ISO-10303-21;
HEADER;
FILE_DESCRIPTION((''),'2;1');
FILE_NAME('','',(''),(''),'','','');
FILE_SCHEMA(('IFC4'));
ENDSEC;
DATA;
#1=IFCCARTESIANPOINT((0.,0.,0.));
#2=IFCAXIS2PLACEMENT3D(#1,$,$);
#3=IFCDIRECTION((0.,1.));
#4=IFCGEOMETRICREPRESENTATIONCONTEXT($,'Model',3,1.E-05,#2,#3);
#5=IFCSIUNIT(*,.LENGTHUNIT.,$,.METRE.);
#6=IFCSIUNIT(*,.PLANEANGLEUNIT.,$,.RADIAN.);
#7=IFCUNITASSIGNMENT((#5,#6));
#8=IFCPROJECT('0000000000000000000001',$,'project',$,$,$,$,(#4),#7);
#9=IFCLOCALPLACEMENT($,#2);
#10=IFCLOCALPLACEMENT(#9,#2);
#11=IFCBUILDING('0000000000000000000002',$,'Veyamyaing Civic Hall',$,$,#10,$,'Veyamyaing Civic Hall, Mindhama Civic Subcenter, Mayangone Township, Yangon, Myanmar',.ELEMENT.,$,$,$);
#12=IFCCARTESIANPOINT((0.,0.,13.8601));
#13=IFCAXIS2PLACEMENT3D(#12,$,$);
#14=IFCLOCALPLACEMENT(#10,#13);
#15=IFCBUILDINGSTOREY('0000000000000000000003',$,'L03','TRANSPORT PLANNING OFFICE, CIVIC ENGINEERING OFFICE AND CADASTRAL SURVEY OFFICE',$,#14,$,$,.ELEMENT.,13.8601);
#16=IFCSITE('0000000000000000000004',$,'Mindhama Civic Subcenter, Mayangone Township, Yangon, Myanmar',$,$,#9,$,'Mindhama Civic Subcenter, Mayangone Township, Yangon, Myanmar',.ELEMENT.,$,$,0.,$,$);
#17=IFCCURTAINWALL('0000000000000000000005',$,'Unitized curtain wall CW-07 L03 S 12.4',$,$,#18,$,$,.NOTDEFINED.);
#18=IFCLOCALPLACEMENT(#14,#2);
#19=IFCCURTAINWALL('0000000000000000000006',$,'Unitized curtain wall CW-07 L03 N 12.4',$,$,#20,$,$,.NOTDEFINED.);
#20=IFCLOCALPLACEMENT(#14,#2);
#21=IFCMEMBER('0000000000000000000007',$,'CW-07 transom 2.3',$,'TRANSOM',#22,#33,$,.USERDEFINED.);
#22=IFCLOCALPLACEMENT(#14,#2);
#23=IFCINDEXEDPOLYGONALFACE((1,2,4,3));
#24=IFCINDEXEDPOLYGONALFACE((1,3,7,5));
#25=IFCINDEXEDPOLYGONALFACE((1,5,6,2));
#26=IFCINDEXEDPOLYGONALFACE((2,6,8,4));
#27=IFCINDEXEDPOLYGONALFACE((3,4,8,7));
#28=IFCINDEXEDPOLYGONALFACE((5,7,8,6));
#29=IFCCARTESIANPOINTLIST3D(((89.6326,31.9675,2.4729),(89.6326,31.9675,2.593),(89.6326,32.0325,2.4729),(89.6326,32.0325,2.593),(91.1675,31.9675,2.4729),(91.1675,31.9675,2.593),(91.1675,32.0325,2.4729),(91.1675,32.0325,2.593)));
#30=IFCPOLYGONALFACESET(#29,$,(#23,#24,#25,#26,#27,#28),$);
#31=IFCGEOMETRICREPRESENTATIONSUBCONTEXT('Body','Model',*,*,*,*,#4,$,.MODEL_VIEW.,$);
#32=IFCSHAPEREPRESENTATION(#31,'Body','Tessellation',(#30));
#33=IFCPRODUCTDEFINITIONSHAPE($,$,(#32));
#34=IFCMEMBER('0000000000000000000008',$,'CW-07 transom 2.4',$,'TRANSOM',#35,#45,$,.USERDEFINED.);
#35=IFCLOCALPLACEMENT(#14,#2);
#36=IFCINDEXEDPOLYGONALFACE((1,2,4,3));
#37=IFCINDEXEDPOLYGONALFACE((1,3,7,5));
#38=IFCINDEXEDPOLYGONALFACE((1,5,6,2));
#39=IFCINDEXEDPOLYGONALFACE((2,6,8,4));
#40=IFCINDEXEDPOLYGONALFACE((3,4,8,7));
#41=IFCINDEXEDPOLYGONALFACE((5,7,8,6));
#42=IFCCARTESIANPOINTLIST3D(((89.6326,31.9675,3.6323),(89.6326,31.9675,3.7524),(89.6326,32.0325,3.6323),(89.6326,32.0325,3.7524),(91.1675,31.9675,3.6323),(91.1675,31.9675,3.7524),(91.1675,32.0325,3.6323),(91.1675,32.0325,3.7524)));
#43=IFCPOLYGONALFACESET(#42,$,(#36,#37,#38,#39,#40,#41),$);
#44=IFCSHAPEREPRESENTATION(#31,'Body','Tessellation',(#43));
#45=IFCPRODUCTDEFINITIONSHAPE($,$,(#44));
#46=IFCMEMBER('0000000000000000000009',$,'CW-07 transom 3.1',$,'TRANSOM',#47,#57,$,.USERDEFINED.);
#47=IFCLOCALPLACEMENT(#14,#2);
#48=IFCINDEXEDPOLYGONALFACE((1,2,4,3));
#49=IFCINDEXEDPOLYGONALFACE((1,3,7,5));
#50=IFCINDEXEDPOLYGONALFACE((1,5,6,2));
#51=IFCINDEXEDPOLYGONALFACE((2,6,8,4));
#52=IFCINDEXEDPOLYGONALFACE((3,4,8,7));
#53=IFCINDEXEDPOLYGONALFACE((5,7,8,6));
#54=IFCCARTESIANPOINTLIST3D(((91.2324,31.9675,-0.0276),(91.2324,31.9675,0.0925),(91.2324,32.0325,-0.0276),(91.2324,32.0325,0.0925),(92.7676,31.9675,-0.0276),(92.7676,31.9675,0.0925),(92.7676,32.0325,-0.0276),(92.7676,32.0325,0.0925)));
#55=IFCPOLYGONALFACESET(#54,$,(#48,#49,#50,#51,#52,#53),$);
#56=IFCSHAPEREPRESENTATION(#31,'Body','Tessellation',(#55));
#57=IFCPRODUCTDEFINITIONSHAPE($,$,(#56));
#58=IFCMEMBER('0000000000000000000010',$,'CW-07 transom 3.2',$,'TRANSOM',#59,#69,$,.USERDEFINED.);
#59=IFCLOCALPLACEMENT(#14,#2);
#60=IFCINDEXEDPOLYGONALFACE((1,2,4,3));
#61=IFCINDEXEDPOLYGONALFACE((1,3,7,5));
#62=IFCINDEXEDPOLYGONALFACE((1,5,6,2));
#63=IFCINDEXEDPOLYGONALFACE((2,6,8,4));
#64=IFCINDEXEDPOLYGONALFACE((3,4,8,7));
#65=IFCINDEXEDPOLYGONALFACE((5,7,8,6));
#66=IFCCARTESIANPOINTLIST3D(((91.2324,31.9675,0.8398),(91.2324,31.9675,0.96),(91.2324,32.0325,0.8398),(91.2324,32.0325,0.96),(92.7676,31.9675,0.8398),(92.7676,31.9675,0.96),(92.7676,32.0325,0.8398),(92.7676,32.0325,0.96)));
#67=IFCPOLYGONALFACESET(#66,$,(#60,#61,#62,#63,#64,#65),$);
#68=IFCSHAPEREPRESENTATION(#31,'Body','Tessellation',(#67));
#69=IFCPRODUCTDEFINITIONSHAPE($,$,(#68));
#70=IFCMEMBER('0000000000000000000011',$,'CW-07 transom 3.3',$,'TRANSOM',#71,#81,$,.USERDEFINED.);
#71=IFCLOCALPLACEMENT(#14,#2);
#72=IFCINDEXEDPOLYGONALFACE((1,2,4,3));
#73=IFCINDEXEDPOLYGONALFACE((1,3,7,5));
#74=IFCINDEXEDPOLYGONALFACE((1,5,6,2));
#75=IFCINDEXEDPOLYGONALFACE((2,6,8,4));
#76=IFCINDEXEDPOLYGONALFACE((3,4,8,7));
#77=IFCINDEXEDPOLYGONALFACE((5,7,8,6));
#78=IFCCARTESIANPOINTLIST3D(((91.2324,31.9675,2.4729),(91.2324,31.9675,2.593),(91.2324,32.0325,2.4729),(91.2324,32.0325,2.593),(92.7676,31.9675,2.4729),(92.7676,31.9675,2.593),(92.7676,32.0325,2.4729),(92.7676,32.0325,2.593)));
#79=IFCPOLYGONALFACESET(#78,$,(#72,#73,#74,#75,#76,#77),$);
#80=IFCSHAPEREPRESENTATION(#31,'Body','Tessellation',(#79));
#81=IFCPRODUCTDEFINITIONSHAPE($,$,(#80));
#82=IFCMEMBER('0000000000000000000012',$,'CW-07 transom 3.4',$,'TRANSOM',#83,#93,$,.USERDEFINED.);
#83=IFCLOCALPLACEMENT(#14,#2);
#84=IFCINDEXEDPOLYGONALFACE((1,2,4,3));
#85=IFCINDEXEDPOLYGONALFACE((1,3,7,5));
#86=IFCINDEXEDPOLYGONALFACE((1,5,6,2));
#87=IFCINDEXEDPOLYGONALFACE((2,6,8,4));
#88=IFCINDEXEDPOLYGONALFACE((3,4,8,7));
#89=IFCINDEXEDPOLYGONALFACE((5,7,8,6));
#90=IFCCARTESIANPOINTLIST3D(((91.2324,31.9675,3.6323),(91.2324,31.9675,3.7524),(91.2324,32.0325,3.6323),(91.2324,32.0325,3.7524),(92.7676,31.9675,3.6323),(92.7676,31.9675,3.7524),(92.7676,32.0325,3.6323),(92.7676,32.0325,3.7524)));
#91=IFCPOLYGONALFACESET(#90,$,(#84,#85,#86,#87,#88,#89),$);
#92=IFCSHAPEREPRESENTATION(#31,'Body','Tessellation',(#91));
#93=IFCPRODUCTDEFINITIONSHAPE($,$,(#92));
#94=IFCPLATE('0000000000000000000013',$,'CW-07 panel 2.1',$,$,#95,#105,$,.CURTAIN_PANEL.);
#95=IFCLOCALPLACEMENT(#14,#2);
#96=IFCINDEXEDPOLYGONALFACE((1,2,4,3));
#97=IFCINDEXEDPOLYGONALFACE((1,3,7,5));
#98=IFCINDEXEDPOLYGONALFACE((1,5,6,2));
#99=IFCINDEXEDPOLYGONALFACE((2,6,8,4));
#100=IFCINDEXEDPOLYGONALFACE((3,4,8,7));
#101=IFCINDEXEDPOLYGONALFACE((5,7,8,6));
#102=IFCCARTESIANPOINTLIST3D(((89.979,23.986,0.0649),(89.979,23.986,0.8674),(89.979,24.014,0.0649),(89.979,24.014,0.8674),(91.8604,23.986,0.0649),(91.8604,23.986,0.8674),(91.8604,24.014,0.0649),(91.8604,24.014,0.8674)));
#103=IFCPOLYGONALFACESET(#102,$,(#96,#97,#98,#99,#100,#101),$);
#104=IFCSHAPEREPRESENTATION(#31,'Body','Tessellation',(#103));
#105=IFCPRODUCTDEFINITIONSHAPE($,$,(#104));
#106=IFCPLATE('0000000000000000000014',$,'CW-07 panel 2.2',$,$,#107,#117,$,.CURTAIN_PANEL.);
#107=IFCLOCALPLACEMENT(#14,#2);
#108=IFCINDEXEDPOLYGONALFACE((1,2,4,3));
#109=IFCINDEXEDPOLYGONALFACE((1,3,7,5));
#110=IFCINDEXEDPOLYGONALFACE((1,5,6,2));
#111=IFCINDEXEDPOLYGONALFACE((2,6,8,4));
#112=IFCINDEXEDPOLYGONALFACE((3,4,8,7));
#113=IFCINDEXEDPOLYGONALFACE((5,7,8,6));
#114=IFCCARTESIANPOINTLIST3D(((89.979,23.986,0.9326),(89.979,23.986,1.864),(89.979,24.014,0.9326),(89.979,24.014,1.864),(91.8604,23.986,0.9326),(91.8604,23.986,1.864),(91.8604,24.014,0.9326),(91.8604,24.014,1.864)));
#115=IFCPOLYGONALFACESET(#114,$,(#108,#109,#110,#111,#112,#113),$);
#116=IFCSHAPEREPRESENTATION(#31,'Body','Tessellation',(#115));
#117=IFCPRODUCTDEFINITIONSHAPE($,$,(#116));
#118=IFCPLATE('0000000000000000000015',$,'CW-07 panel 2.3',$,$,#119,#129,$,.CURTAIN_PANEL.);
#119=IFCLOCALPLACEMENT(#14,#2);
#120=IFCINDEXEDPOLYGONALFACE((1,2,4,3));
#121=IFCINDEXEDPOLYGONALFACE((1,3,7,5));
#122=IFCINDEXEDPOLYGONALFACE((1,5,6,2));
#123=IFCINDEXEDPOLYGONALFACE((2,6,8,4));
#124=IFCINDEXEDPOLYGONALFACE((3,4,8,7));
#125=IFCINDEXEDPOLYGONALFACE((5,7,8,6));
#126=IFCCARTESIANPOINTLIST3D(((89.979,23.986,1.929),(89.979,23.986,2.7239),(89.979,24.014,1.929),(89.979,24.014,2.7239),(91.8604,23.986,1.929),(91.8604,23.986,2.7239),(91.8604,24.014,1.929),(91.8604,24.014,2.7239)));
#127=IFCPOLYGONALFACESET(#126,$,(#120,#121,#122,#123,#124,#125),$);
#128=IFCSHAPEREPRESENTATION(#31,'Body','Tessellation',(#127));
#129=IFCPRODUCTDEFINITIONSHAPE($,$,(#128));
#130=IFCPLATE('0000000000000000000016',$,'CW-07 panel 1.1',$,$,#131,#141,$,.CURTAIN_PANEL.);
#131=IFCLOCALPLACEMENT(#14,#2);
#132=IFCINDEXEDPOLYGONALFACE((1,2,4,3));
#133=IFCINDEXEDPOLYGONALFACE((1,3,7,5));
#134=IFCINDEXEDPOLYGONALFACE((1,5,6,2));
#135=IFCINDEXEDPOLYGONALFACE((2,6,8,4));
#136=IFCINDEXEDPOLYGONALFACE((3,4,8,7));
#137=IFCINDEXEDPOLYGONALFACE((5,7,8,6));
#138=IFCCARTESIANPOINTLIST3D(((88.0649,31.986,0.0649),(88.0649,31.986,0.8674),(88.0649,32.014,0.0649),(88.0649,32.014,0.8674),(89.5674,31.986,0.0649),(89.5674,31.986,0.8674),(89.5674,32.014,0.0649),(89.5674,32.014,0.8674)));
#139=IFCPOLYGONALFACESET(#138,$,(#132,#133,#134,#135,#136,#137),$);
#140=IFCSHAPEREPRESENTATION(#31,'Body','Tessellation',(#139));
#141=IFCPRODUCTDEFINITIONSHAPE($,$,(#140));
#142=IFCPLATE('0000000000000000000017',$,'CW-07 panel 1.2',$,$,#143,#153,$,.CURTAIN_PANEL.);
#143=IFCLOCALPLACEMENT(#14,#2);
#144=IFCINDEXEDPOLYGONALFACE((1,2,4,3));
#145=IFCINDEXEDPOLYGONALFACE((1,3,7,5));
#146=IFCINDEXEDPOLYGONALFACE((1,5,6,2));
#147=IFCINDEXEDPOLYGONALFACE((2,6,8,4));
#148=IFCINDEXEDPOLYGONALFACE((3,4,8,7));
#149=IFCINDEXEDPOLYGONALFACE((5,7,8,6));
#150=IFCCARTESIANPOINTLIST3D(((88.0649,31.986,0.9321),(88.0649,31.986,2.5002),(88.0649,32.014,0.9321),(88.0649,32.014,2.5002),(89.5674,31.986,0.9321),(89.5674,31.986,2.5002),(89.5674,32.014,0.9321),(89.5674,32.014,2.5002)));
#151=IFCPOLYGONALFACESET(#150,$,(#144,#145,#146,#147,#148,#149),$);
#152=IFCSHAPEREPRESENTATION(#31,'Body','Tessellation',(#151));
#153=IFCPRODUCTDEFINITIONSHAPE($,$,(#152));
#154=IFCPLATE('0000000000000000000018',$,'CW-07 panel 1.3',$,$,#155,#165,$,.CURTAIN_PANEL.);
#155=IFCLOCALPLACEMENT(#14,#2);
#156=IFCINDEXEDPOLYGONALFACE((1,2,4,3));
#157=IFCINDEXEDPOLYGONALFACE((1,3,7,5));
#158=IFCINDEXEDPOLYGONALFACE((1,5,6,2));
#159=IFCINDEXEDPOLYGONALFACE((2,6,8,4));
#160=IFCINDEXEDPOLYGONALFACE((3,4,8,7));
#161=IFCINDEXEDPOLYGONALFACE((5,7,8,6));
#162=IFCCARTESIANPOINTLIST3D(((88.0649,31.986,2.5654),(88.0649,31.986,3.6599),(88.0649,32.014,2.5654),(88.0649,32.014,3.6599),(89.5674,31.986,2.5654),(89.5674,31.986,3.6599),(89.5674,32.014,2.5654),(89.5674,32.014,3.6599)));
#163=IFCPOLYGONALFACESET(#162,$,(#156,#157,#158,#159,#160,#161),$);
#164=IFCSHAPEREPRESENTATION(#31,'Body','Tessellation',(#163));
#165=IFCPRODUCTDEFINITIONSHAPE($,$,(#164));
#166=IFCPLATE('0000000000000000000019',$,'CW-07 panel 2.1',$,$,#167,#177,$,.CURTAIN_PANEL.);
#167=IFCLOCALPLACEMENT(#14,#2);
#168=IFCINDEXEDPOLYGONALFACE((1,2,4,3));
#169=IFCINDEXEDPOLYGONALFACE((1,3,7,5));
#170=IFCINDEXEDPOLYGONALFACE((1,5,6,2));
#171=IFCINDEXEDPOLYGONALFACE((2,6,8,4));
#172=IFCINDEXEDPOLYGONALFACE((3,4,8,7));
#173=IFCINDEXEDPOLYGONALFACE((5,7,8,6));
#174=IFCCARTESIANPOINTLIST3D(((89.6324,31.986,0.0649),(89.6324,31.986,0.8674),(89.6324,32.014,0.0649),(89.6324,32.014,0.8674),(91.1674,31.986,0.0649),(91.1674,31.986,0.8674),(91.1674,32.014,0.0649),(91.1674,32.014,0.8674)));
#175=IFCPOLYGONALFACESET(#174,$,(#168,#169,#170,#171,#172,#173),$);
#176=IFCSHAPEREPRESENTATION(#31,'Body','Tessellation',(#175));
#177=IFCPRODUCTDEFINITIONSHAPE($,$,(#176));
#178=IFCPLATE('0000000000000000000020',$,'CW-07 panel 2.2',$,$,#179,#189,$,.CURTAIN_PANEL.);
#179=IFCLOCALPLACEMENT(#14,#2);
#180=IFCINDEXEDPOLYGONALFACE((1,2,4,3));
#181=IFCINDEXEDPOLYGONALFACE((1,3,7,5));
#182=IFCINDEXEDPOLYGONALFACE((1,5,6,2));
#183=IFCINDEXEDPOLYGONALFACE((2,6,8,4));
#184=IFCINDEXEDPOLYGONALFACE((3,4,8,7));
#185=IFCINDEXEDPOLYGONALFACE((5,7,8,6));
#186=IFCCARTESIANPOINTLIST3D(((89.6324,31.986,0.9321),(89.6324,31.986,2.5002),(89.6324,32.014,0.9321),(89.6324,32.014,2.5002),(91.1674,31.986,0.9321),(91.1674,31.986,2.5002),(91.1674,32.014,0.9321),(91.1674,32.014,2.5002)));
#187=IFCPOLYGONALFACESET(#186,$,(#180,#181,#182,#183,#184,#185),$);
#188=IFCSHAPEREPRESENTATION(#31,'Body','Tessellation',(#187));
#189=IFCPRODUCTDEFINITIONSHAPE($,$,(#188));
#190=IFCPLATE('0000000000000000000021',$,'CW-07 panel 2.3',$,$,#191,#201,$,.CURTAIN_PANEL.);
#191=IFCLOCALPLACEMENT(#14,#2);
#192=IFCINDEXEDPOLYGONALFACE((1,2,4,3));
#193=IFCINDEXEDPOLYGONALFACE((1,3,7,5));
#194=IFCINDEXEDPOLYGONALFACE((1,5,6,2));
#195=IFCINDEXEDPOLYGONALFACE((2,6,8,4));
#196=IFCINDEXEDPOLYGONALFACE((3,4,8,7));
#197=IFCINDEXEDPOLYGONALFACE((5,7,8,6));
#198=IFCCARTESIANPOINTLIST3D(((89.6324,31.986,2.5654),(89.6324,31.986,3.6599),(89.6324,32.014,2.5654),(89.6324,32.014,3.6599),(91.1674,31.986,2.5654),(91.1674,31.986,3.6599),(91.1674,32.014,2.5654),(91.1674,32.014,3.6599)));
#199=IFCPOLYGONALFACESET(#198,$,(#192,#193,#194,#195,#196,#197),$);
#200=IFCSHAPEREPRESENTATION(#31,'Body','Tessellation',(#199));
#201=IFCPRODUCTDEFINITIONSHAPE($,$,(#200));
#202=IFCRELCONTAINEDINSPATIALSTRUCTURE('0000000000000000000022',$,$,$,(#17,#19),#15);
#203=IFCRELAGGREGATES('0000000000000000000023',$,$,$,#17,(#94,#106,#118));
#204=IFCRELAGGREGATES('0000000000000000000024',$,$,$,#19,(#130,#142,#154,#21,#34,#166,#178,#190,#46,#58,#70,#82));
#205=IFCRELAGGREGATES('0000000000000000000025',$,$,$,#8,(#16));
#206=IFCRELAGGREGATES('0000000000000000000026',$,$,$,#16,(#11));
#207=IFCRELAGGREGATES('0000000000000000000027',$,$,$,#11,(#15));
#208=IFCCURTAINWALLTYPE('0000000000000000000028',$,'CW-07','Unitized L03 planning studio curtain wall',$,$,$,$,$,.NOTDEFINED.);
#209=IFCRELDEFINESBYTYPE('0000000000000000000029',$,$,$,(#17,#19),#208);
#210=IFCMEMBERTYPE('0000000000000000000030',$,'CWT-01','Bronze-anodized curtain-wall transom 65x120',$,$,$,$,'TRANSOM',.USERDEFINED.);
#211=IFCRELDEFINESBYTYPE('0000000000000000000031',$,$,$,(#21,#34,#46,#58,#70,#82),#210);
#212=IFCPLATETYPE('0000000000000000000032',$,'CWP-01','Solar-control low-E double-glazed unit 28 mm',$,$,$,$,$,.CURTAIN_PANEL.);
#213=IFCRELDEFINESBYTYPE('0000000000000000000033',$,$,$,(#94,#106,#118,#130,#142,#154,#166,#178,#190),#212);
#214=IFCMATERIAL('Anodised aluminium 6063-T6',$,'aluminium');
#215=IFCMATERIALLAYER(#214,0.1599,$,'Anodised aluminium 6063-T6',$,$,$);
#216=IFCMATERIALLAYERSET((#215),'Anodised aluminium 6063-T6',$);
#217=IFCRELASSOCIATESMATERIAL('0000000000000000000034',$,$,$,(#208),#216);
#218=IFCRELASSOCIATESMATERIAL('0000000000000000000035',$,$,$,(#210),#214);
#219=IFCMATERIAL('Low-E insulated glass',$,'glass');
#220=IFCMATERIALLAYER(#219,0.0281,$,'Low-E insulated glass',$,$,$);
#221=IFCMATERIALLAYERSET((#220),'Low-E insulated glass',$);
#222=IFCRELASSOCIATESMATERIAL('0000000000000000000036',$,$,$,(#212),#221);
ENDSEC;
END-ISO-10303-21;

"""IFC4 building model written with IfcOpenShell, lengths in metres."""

from ifc_helpers import new_model, si_unit, direction, frame, origin, origin_2d, place, context, subcontext, project, spatial, rectangle, extrude, material, layer, layer_set, material_profile, profile_set, type_object, element, aggregate, save


model = new_model("IFC4")

# Units and contexts
model_context = context("Model", 3, precision=1e-05, world=origin(), true_north=direction((0.0, 1.0)))
body_context = subcontext(model_context, "Body", "Model", "MODEL_VIEW")
ifc_project = project(units=[si_unit("LENGTHUNIT", "METRE"), si_unit("PLANEANGLEUNIT", "RADIAN")], contexts=[model_context])

# Site, building, storey
site_placement = place(None, origin())
site = spatial("IfcSite", under=ifc_project, at=site_placement, Name="Mindhama Civic Subcenter, Mayangone Township, Yangon, Myanmar", LongName="Mindhama Civic Subcenter, Mayangone Township, Yangon, Myanmar", CompositionType="ELEMENT", RefElevation=0.0)
building_placement = place(site_placement, origin())
building = spatial("IfcBuilding", under=site, at=building_placement, Name="Veyamyaing Civic Hall", LongName="Veyamyaing Civic Hall, Mindhama Civic Subcenter, Mayangone Township, Yangon, Myanmar", CompositionType="ELEMENT")
storey_placement = place(building_placement, frame((0.0, 0.0, 13.8601)))
storey = spatial("IfcBuildingStorey", under=building, at=storey_placement, Name="L03", Description="TRANSPORT PLANNING OFFICE, CIVIC ENGINEERING OFFICE AND CADASTRAL SURVEY OFFICE", CompositionType="ELEMENT", Elevation=13.8601)

# Curtain wall
ifc_material_1 = material(Name="Anodised aluminium 6063-T6", Category="aluminium")
ifc_layer_1 = layer(ifc_material_1, 0.1599, Name="Anodised aluminium 6063-T6")
ifc_layer_set_1 = layer_set([ifc_layer_1], Name="Anodised aluminium 6063-T6")
curtain_wall_type = type_object("IfcCurtainWallType", Name="CW-07", Description="Unitized L03 planning studio curtain wall", PredefinedType="NOTDEFINED", material=ifc_layer_set_1)
curtain_wall_1_placement = place(storey_placement, origin())
curtain_wall_1 = element("IfcCurtainWall", 1, at=curtain_wall_1_placement, inside=storey, type_object=curtain_wall_type, Name="Unitized curtain wall CW-07 L03 S 12.4", PredefinedType="NOTDEFINED")

# Curtain wall
curtain_wall_2_placement = place(storey_placement, origin())
curtain_wall_2 = element("IfcCurtainWall", 2, at=curtain_wall_2_placement, inside=storey, type_object=curtain_wall_type, Name="Unitized curtain wall CW-07 L03 N 12.4", PredefinedType="NOTDEFINED")

# Members
ifc_material_profile_1 = material_profile(ifc_material_1, rectangle(XDim=0.0649, YDim=0.1201, at=origin_2d()), Name="ALU-TRN-65X120")
ifc_profile_set_1 = profile_set([ifc_material_profile_1], Name="Anodised aluminium 6063-T6")
member_type_1 = type_object("IfcMemberType", Name="CWT-01", Description="Bronze-anodized curtain-wall transom 65x120", ElementType="TRANSOM", PredefinedType="USERDEFINED", material=ifc_profile_set_1)
member_1_placement = place(storey_placement, frame((89.6326, 32.0, 2.533), z_axis=(1.0, 0.0, 0.0), x_axis=(0.0, 1.0, 0.0)))
member_1 = element("IfcMember", 3, at=member_1_placement, type_object=member_type_1, Name="CW-07 transom 2.3", ObjectType="TRANSOM", PredefinedType="USERDEFINED", context=body_context, shape_type="SweptSolid", body=[
    extrude(rectangle(XDim=0.0649, YDim=0.1201, at=origin_2d()), origin(), (0.0, 0.0, 1.0), 1.5349),
])
member_2_placement = place(storey_placement, frame((89.6326, 32.0, 3.6924), z_axis=(1.0, 0.0, 0.0), x_axis=(0.0, 1.0, 0.0)))
member_2 = element("IfcMember", 4, at=member_2_placement, type_object=member_type_1, Name="CW-07 transom 2.4", ObjectType="TRANSOM", PredefinedType="USERDEFINED", context=body_context, shape_type="SweptSolid", body=[
    extrude(rectangle(XDim=0.0649, YDim=0.1201, at=origin_2d()), origin(), (0.0, 0.0, 1.0), 1.5349),
])
member_3_placement = place(storey_placement, frame((91.2324, 32.0, 0.0325), z_axis=(1.0, 0.0, 0.0), x_axis=(0.0, 1.0, 0.0)))
member_3 = element("IfcMember", 5, at=member_3_placement, type_object=member_type_1, Name="CW-07 transom 3.1", ObjectType="TRANSOM", PredefinedType="USERDEFINED", context=body_context, shape_type="SweptSolid", body=[
    extrude(rectangle(XDim=0.0649, YDim=0.1201, at=origin_2d()), origin(), (0.0, 0.0, 1.0), 1.5352),
])
member_4_placement = place(storey_placement, frame((91.2324, 32.0, 0.8999), z_axis=(1.0, 0.0, 0.0), x_axis=(0.0, 1.0, 0.0)))
member_4 = element("IfcMember", 6, at=member_4_placement, type_object=member_type_1, Name="CW-07 transom 3.2", ObjectType="TRANSOM", PredefinedType="USERDEFINED", context=body_context, shape_type="SweptSolid", body=[
    extrude(rectangle(XDim=0.0649, YDim=0.1201, at=origin_2d()), origin(), (0.0, 0.0, 1.0), 1.5352),
])
member_5_placement = place(storey_placement, frame((91.2324, 32.0, 2.533), z_axis=(1.0, 0.0, 0.0), x_axis=(0.0, 1.0, 0.0)))
member_5 = element("IfcMember", 7, at=member_5_placement, type_object=member_type_1, Name="CW-07 transom 3.3", ObjectType="TRANSOM", PredefinedType="USERDEFINED", context=body_context, shape_type="SweptSolid", body=[
    extrude(rectangle(XDim=0.0649, YDim=0.1201, at=origin_2d()), origin(), (0.0, 0.0, 1.0), 1.5352),
])
member_6_placement = place(storey_placement, frame((91.2324, 32.0, 3.6924), z_axis=(1.0, 0.0, 0.0), x_axis=(0.0, 1.0, 0.0)))
member_6 = element("IfcMember", 8, at=member_6_placement, type_object=member_type_1, Name="CW-07 transom 3.4", ObjectType="TRANSOM", PredefinedType="USERDEFINED", context=body_context, shape_type="SweptSolid", body=[
    extrude(rectangle(XDim=0.0649, YDim=0.1201, at=origin_2d()), origin(), (0.0, 0.0, 1.0), 1.5352),
])

# Plates
ifc_material_2 = material(Name="Low-E insulated glass", Category="glass")
ifc_layer_2 = layer(ifc_material_2, 0.0281, Name="Low-E insulated glass")
ifc_layer_set_2 = layer_set([ifc_layer_2], Name="Low-E insulated glass")
plate_type = type_object("IfcPlateType", Name="CWP-01", Description="Solar-control low-E double-glazed unit 28 mm", PredefinedType="CURTAIN_PANEL", material=ifc_layer_set_2)
plate_1_placement = place(storey_placement, frame((90.9197, 24.0, 0.0649), z_axis=(0.0, 0.0, 1.0), x_axis=(1.0, 0.0, 0.0)))
plate_1 = element("IfcPlate", 9, at=plate_1_placement, type_object=plate_type, Name="CW-07 panel 2.1", PredefinedType="CURTAIN_PANEL", context=body_context, shape_type="SweptSolid", body=[
    extrude(rectangle(XDim=1.8813, YDim=0.0281, at=origin_2d()), origin(), (0.0, 0.0, 1.0), 0.8025),
])
plate_2_placement = place(storey_placement, frame((90.9197, 24.0, 0.9326), z_axis=(0.0, 0.0, 1.0), x_axis=(1.0, 0.0, 0.0)))
plate_2 = element("IfcPlate", 10, at=plate_2_placement, type_object=plate_type, Name="CW-07 panel 2.2", PredefinedType="CURTAIN_PANEL", context=body_context, shape_type="SweptSolid", body=[
    extrude(rectangle(XDim=1.8813, YDim=0.0281, at=origin_2d()), origin(), (0.0, 0.0, 1.0), 0.9314),
])
plate_3_placement = place(storey_placement, frame((90.9197, 24.0, 1.929), z_axis=(0.0, 0.0, 1.0), x_axis=(1.0, 0.0, 0.0)))
plate_3 = element("IfcPlate", 11, at=plate_3_placement, type_object=plate_type, Name="CW-07 panel 2.3", PredefinedType="CURTAIN_PANEL", context=body_context, shape_type="SweptSolid", body=[
    extrude(rectangle(XDim=1.8813, YDim=0.0281, at=origin_2d()), origin(), (0.0, 0.0, 1.0), 0.7949),
])
aggregate(curtain_wall_1, [plate_1, plate_2, plate_3])
plate_4_placement = place(storey_placement, frame((88.8162, 32.0, 0.0649), z_axis=(0.0, 0.0, 1.0), x_axis=(1.0, 0.0, 0.0)))
plate_4 = element("IfcPlate", 12, at=plate_4_placement, type_object=plate_type, Name="CW-07 panel 1.1", PredefinedType="CURTAIN_PANEL", context=body_context, shape_type="SweptSolid", body=[
    extrude(rectangle(XDim=1.5024, YDim=0.0281, at=origin_2d()), origin(), (0.0, 0.0, 1.0), 0.8025),
])
plate_5_placement = place(storey_placement, frame((88.8162, 32.0, 0.9321), z_axis=(0.0, 0.0, 1.0), x_axis=(1.0, 0.0, 0.0)))
plate_5 = element("IfcPlate", 13, at=plate_5_placement, type_object=plate_type, Name="CW-07 panel 1.2", PredefinedType="CURTAIN_PANEL", context=body_context, shape_type="SweptSolid", body=[
    extrude(rectangle(XDim=1.5024, YDim=0.0281, at=origin_2d()), origin(), (0.0, 0.0, 1.0), 1.5681),
])
plate_6_placement = place(storey_placement, frame((88.8162, 32.0, 2.5654), z_axis=(0.0, 0.0, 1.0), x_axis=(1.0, 0.0, 0.0)))
plate_6 = element("IfcPlate", 14, at=plate_6_placement, type_object=plate_type, Name="CW-07 panel 1.3", PredefinedType="CURTAIN_PANEL", context=body_context, shape_type="SweptSolid", body=[
    extrude(rectangle(XDim=1.5024, YDim=0.0281, at=origin_2d()), origin(), (0.0, 0.0, 1.0), 1.0945),
])
plate_7_placement = place(storey_placement, frame((90.3999, 32.0, 0.0649), z_axis=(0.0, 0.0, 1.0), x_axis=(1.0, 0.0, 0.0)))
plate_7 = element("IfcPlate", 15, at=plate_7_placement, type_object=plate_type, Name="CW-07 panel 2.1", PredefinedType="CURTAIN_PANEL", context=body_context, shape_type="SweptSolid", body=[
    extrude(rectangle(XDim=1.5349, YDim=0.0281, at=origin_2d()), origin(), (0.0, 0.0, 1.0), 0.8025),
])
plate_8_placement = place(storey_placement, frame((90.3999, 32.0, 0.9321), z_axis=(0.0, 0.0, 1.0), x_axis=(1.0, 0.0, 0.0)))
plate_8 = element("IfcPlate", 16, at=plate_8_placement, type_object=plate_type, Name="CW-07 panel 2.2", PredefinedType="CURTAIN_PANEL", context=body_context, shape_type="SweptSolid", body=[
    extrude(rectangle(XDim=1.5349, YDim=0.0281, at=origin_2d()), origin(), (0.0, 0.0, 1.0), 1.5681),
])
plate_9_placement = place(storey_placement, frame((90.3999, 32.0, 2.5654), z_axis=(0.0, 0.0, 1.0), x_axis=(1.0, 0.0, 0.0)))
plate_9 = element("IfcPlate", 17, at=plate_9_placement, type_object=plate_type, Name="CW-07 panel 2.3", PredefinedType="CURTAIN_PANEL", context=body_context, shape_type="SweptSolid", body=[
    extrude(rectangle(XDim=1.5349, YDim=0.0281, at=origin_2d()), origin(), (0.0, 0.0, 1.0), 1.0945),
])
aggregate(curtain_wall_2, [plate_4, plate_5, plate_6, member_1, member_2, plate_7, plate_8, plate_9, member_3, member_4, member_5, member_6])

save(model, "model.ifc")
